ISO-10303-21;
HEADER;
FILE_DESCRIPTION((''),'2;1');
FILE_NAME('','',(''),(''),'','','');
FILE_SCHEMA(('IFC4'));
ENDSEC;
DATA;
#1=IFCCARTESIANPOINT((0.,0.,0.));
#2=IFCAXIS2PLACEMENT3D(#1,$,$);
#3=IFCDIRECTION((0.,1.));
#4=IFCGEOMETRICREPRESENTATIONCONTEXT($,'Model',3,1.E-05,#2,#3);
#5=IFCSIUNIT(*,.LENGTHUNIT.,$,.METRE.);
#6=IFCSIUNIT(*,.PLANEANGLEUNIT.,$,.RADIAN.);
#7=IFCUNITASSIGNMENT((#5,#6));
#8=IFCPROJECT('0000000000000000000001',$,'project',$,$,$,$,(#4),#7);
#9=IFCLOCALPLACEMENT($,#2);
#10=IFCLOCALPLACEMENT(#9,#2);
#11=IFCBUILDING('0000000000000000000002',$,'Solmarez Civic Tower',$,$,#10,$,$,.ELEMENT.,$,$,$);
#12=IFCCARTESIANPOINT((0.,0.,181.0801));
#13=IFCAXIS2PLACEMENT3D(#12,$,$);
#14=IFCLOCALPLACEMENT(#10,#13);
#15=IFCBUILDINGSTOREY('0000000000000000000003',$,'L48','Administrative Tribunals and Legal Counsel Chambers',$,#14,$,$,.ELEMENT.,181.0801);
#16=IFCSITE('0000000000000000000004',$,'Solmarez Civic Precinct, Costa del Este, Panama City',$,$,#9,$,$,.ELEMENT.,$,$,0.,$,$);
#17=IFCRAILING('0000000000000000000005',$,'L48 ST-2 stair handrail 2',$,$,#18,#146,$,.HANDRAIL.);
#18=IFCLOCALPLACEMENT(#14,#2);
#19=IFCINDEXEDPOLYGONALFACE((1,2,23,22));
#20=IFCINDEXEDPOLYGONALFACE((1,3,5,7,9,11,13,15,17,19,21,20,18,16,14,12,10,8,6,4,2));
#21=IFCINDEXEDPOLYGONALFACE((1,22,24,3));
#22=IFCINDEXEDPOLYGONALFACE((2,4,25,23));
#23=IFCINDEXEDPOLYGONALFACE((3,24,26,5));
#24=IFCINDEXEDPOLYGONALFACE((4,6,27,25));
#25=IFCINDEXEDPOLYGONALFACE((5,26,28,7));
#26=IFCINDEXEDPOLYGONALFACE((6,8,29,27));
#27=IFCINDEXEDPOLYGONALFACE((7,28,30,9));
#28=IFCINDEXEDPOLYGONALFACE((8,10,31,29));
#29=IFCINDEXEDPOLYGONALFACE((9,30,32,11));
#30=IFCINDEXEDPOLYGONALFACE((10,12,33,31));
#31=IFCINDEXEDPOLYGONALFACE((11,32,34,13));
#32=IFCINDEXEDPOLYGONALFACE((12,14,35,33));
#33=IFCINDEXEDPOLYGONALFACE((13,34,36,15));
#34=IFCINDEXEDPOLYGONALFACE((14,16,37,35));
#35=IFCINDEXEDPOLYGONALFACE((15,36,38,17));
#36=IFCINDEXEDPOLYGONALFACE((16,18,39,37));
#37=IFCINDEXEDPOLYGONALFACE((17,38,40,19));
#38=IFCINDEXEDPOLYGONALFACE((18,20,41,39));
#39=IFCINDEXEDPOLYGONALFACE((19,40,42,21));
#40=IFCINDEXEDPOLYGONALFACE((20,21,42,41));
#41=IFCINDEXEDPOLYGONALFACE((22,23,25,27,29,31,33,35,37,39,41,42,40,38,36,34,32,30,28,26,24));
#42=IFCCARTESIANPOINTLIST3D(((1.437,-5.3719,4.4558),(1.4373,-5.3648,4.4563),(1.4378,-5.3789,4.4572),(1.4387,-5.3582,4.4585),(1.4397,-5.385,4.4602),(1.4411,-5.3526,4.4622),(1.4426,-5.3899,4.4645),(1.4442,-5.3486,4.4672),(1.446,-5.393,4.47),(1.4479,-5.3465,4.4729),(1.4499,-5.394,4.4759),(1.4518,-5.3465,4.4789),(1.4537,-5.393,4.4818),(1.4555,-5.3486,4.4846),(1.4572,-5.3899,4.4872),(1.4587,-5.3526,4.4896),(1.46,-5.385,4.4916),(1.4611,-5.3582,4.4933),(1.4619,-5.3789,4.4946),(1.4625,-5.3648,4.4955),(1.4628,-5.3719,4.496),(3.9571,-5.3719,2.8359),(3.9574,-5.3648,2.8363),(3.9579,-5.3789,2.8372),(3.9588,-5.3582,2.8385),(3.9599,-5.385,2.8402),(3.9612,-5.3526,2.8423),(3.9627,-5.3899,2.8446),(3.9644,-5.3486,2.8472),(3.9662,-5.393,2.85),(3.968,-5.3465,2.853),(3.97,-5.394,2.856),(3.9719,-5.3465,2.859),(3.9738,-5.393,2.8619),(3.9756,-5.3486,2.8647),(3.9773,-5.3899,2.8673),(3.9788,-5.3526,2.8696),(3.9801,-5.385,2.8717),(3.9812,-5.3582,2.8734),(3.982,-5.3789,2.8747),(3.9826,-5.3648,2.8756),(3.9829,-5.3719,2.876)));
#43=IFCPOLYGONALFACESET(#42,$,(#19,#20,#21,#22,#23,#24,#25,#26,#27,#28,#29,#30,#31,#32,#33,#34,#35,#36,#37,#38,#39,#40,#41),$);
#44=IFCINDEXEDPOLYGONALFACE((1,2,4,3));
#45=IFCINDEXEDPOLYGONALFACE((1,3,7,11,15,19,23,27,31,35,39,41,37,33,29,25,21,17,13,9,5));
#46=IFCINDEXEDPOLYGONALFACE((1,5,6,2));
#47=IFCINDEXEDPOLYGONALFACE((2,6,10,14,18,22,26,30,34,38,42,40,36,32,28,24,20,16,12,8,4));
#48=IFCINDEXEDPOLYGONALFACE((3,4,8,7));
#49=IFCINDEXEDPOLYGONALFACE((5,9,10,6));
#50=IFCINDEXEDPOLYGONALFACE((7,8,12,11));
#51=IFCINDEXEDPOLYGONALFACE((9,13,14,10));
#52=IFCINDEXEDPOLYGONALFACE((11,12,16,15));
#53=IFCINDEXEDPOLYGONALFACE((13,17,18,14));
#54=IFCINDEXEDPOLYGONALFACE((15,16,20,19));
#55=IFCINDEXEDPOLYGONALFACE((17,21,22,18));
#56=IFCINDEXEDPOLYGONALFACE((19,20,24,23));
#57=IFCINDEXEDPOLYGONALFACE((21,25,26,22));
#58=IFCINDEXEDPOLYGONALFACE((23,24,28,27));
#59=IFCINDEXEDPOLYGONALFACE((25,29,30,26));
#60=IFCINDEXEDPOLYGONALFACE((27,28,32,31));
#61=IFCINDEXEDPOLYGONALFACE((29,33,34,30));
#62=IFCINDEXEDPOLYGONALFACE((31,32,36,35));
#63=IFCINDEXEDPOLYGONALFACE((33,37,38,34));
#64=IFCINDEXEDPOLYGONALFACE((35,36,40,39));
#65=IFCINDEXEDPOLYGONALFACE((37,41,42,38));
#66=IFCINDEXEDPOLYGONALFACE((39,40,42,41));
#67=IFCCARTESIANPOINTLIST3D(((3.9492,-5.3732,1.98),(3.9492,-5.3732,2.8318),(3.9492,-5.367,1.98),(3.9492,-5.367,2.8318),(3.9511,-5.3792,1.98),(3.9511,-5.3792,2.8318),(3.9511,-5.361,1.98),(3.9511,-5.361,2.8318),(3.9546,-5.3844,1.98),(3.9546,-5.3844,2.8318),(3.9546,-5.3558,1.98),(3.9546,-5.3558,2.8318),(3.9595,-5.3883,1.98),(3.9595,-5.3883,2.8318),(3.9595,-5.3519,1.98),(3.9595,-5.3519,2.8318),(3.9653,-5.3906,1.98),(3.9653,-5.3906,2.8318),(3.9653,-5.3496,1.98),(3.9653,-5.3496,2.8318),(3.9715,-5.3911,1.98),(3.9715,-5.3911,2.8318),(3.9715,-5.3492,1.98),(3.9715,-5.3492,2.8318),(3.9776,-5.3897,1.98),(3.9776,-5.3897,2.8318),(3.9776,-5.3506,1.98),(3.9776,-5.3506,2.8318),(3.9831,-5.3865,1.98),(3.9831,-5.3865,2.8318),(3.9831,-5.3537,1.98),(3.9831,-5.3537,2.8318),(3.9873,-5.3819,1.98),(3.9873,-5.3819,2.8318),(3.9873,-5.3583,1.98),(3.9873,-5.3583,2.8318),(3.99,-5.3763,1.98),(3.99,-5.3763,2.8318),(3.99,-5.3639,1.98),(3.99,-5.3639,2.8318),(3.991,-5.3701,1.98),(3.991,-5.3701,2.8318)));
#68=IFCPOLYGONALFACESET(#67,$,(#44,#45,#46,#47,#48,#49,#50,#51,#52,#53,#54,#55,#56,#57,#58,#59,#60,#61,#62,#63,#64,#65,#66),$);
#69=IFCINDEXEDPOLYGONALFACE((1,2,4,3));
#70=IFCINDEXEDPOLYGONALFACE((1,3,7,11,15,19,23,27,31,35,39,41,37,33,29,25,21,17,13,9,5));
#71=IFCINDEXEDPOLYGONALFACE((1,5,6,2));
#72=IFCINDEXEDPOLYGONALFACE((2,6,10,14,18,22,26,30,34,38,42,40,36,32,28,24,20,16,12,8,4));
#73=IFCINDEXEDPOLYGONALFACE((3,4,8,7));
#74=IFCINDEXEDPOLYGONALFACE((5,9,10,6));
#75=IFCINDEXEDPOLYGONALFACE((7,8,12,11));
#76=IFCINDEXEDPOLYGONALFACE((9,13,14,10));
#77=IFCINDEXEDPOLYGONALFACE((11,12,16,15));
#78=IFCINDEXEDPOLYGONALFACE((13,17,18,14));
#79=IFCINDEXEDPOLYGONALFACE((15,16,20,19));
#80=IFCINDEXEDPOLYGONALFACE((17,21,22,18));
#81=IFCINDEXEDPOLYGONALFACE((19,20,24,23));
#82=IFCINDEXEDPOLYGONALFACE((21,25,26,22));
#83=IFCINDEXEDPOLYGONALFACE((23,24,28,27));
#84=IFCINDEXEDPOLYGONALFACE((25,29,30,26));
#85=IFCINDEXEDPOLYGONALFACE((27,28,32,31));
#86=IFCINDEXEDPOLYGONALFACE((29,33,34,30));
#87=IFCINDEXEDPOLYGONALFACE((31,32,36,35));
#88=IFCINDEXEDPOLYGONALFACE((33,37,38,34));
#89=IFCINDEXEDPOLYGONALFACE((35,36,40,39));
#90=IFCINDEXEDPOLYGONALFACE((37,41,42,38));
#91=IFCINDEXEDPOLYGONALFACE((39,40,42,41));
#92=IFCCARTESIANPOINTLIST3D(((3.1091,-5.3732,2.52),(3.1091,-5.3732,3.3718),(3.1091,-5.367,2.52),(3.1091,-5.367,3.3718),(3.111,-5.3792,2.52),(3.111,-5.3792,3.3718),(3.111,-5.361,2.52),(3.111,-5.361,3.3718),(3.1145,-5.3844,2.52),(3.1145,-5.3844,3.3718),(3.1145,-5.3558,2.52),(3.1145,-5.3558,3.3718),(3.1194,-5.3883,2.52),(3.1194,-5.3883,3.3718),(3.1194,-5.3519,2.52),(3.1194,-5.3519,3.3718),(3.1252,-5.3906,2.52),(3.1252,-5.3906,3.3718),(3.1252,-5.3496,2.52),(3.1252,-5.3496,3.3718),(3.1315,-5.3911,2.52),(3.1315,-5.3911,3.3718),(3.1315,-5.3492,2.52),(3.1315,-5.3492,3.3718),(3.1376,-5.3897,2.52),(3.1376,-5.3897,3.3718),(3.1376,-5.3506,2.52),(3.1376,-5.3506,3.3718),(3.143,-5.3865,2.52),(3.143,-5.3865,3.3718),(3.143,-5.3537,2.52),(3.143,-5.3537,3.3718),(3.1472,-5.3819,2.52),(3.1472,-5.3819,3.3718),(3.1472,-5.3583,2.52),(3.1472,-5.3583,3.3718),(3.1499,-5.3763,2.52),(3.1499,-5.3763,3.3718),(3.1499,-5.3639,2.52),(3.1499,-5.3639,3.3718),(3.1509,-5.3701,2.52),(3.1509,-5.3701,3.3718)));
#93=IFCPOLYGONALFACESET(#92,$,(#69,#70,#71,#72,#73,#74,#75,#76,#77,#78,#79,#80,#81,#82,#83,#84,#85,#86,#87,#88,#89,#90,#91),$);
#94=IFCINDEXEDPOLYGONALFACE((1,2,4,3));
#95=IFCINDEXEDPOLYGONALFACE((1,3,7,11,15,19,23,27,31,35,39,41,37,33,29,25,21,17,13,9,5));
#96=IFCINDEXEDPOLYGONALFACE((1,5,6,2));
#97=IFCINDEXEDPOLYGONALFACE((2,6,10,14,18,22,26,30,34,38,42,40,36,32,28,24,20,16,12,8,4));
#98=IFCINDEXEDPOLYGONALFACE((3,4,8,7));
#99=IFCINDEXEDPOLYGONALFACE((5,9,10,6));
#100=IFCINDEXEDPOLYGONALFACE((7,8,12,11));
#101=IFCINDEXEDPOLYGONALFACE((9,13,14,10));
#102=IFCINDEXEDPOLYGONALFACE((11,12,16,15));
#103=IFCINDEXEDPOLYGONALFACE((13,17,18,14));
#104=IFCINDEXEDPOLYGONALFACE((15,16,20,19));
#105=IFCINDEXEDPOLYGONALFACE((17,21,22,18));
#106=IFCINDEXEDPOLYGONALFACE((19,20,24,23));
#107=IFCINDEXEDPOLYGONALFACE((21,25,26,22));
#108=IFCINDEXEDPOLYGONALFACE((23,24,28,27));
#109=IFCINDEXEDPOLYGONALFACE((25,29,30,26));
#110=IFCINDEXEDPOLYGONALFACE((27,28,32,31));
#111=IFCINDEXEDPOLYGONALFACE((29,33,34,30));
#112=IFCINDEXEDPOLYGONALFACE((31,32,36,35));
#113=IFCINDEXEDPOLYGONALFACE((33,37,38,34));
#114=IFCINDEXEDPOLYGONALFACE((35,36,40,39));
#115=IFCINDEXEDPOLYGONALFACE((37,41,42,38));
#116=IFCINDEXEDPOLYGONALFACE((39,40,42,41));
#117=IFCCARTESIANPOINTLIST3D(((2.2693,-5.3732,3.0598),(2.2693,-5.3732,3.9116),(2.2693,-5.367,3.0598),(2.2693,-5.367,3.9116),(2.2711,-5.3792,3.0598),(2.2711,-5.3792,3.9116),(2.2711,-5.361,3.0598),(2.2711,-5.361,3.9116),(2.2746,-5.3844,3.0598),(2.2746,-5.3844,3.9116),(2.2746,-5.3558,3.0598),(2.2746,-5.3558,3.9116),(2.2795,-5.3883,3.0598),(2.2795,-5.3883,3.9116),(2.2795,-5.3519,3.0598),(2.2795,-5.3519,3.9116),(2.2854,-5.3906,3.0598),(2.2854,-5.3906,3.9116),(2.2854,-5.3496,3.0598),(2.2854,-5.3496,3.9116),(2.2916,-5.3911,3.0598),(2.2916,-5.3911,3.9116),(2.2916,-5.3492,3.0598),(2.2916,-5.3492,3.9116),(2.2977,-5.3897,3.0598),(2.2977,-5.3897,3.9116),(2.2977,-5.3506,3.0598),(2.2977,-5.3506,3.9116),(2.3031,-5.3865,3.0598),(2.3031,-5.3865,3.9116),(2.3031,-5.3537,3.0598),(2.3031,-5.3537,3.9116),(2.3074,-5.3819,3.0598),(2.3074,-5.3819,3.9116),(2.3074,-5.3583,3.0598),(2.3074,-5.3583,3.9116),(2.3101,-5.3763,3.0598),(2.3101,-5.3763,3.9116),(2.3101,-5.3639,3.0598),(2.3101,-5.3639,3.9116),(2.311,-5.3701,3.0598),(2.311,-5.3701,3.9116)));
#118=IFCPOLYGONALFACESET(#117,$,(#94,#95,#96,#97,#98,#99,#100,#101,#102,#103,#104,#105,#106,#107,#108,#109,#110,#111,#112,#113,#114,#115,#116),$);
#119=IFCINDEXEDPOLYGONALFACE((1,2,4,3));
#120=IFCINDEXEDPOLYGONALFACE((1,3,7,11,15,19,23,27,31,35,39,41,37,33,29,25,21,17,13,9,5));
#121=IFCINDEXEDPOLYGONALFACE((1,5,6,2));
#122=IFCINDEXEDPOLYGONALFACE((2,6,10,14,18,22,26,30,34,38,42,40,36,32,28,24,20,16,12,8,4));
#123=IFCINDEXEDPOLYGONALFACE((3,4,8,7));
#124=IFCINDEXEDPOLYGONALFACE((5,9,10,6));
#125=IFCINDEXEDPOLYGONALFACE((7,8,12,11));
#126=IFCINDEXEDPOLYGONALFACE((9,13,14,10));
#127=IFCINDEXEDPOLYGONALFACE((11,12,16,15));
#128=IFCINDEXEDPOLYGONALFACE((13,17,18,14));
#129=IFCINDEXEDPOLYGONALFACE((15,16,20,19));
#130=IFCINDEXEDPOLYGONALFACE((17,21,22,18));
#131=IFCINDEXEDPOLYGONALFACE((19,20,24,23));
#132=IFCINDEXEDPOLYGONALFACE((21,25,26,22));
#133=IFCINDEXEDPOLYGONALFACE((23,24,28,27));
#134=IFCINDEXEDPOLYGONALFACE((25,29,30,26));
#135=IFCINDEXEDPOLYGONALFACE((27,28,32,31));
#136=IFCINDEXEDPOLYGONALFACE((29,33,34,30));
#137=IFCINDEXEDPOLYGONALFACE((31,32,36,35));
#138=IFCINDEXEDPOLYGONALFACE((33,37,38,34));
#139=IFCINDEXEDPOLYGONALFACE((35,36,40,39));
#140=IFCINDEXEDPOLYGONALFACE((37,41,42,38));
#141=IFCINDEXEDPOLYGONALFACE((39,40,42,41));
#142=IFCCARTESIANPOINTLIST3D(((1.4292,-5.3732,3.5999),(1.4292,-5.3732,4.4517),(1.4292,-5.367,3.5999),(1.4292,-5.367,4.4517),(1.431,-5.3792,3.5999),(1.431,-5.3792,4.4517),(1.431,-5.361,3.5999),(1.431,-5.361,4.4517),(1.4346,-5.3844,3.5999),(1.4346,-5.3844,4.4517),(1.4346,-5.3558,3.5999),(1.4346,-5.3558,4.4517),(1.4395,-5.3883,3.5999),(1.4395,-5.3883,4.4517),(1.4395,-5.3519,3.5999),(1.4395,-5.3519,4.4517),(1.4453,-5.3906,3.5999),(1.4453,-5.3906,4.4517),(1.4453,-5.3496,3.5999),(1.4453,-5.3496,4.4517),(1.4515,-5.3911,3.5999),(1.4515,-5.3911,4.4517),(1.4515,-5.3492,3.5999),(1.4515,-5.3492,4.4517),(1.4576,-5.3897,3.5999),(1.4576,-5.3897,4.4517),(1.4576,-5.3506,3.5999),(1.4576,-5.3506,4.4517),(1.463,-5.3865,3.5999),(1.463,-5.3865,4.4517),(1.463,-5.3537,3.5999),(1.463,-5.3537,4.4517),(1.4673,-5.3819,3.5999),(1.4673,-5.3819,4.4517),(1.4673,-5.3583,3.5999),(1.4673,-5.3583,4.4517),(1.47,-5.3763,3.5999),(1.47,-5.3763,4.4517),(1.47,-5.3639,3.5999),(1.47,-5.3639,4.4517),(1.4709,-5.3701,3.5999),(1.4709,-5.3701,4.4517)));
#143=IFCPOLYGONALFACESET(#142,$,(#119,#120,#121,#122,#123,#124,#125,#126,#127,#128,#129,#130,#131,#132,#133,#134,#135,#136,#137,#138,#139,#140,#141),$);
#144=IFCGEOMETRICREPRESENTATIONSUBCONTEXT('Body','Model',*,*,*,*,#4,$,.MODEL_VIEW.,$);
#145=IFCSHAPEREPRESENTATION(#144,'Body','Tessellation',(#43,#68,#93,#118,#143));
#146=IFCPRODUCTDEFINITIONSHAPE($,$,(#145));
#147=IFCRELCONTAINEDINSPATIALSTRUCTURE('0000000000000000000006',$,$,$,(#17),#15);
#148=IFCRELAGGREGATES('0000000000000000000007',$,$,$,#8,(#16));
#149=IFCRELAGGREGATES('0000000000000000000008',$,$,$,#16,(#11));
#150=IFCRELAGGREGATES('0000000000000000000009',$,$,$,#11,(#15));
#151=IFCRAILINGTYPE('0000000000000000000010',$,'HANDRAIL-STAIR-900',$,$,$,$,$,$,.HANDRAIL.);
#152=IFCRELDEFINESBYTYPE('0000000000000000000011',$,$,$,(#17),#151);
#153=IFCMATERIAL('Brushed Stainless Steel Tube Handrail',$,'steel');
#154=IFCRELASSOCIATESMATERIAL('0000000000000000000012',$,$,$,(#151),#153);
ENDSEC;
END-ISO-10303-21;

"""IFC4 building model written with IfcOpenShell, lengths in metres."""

from ifc_helpers import new_model, si_unit, direction, frame, origin, origin_2d, place, context, subcontext, project, spatial, circle, extrude, material, type_object, element, save


model = new_model("IFC4")

# Units and contexts
model_context = context("Model", 3, precision=1e-05, world=origin(), true_north=direction((0.0, 1.0)))
body_context = subcontext(model_context, "Body", "Model", "MODEL_VIEW")
ifc_project = project(units=[si_unit("LENGTHUNIT", "METRE"), si_unit("PLANEANGLEUNIT", "RADIAN")], contexts=[model_context])

# Site, building, storey
site_placement = place(None, origin())
site = spatial("IfcSite", under=ifc_project, at=site_placement, Name="Solmarez Civic Precinct, Costa del Este, Panama City", CompositionType="ELEMENT", RefElevation=0.0)
building_placement = place(site_placement, origin())
building = spatial("IfcBuilding", under=site, at=building_placement, Name="Solmarez Civic Tower", CompositionType="ELEMENT")
storey_placement = place(building_placement, frame((0.0, 0.0, 181.0801)))
storey = spatial("IfcBuildingStorey", under=building, at=storey_placement, Name="L48", Description="Administrative Tribunals and Legal Counsel Chambers", CompositionType="ELEMENT", Elevation=181.0801)

# Railing
ifc_material_1 = material(Name="Brushed Stainless Steel Tube Handrail", Category="steel")
railing_type_1 = type_object("IfcRailingType", Name="HANDRAIL-STAIR-900", PredefinedType="HANDRAIL", material=ifc_material_1)
railing_1_placement = place(storey_placement, frame((3.97, -5.3701, 1.98)))
element("IfcRailing", 1, at=railing_1_placement, inside=storey, type_object=railing_type_1, Name="L48 ST-2 stair handrail 2", PredefinedType="HANDRAIL", context=body_context, shape_type="SweptSolid", body=[
    extrude(circle(Radius=0.0239, at=origin_2d()), frame((0.0, 0.0, 0.876), z_axis=(-0.8412, 0.0, 0.540725), x_axis=(0.0, -1.0, 0.0)), (0.0, 0.0, 1.0), 2.9958),
    extrude(circle(Radius=0.021, at=origin_2d()), origin(), (0.0, 0.0, 1.0), 0.8518),
    extrude(circle(Radius=0.021, at=origin_2d()), frame((-0.8401, 0.0, 0.54)), (0.0, 0.0, 1.0), 0.8518),
    extrude(circle(Radius=0.021, at=origin_2d()), frame((-1.6799, 0.0, 1.0798)), (0.0, 0.0, 1.0), 0.8518),
    extrude(circle(Radius=0.021, at=origin_2d()), frame((-2.52, 0.0, 1.6199)), (0.0, 0.0, 1.0), 0.8518),
])

save(model, "model.ifc")
